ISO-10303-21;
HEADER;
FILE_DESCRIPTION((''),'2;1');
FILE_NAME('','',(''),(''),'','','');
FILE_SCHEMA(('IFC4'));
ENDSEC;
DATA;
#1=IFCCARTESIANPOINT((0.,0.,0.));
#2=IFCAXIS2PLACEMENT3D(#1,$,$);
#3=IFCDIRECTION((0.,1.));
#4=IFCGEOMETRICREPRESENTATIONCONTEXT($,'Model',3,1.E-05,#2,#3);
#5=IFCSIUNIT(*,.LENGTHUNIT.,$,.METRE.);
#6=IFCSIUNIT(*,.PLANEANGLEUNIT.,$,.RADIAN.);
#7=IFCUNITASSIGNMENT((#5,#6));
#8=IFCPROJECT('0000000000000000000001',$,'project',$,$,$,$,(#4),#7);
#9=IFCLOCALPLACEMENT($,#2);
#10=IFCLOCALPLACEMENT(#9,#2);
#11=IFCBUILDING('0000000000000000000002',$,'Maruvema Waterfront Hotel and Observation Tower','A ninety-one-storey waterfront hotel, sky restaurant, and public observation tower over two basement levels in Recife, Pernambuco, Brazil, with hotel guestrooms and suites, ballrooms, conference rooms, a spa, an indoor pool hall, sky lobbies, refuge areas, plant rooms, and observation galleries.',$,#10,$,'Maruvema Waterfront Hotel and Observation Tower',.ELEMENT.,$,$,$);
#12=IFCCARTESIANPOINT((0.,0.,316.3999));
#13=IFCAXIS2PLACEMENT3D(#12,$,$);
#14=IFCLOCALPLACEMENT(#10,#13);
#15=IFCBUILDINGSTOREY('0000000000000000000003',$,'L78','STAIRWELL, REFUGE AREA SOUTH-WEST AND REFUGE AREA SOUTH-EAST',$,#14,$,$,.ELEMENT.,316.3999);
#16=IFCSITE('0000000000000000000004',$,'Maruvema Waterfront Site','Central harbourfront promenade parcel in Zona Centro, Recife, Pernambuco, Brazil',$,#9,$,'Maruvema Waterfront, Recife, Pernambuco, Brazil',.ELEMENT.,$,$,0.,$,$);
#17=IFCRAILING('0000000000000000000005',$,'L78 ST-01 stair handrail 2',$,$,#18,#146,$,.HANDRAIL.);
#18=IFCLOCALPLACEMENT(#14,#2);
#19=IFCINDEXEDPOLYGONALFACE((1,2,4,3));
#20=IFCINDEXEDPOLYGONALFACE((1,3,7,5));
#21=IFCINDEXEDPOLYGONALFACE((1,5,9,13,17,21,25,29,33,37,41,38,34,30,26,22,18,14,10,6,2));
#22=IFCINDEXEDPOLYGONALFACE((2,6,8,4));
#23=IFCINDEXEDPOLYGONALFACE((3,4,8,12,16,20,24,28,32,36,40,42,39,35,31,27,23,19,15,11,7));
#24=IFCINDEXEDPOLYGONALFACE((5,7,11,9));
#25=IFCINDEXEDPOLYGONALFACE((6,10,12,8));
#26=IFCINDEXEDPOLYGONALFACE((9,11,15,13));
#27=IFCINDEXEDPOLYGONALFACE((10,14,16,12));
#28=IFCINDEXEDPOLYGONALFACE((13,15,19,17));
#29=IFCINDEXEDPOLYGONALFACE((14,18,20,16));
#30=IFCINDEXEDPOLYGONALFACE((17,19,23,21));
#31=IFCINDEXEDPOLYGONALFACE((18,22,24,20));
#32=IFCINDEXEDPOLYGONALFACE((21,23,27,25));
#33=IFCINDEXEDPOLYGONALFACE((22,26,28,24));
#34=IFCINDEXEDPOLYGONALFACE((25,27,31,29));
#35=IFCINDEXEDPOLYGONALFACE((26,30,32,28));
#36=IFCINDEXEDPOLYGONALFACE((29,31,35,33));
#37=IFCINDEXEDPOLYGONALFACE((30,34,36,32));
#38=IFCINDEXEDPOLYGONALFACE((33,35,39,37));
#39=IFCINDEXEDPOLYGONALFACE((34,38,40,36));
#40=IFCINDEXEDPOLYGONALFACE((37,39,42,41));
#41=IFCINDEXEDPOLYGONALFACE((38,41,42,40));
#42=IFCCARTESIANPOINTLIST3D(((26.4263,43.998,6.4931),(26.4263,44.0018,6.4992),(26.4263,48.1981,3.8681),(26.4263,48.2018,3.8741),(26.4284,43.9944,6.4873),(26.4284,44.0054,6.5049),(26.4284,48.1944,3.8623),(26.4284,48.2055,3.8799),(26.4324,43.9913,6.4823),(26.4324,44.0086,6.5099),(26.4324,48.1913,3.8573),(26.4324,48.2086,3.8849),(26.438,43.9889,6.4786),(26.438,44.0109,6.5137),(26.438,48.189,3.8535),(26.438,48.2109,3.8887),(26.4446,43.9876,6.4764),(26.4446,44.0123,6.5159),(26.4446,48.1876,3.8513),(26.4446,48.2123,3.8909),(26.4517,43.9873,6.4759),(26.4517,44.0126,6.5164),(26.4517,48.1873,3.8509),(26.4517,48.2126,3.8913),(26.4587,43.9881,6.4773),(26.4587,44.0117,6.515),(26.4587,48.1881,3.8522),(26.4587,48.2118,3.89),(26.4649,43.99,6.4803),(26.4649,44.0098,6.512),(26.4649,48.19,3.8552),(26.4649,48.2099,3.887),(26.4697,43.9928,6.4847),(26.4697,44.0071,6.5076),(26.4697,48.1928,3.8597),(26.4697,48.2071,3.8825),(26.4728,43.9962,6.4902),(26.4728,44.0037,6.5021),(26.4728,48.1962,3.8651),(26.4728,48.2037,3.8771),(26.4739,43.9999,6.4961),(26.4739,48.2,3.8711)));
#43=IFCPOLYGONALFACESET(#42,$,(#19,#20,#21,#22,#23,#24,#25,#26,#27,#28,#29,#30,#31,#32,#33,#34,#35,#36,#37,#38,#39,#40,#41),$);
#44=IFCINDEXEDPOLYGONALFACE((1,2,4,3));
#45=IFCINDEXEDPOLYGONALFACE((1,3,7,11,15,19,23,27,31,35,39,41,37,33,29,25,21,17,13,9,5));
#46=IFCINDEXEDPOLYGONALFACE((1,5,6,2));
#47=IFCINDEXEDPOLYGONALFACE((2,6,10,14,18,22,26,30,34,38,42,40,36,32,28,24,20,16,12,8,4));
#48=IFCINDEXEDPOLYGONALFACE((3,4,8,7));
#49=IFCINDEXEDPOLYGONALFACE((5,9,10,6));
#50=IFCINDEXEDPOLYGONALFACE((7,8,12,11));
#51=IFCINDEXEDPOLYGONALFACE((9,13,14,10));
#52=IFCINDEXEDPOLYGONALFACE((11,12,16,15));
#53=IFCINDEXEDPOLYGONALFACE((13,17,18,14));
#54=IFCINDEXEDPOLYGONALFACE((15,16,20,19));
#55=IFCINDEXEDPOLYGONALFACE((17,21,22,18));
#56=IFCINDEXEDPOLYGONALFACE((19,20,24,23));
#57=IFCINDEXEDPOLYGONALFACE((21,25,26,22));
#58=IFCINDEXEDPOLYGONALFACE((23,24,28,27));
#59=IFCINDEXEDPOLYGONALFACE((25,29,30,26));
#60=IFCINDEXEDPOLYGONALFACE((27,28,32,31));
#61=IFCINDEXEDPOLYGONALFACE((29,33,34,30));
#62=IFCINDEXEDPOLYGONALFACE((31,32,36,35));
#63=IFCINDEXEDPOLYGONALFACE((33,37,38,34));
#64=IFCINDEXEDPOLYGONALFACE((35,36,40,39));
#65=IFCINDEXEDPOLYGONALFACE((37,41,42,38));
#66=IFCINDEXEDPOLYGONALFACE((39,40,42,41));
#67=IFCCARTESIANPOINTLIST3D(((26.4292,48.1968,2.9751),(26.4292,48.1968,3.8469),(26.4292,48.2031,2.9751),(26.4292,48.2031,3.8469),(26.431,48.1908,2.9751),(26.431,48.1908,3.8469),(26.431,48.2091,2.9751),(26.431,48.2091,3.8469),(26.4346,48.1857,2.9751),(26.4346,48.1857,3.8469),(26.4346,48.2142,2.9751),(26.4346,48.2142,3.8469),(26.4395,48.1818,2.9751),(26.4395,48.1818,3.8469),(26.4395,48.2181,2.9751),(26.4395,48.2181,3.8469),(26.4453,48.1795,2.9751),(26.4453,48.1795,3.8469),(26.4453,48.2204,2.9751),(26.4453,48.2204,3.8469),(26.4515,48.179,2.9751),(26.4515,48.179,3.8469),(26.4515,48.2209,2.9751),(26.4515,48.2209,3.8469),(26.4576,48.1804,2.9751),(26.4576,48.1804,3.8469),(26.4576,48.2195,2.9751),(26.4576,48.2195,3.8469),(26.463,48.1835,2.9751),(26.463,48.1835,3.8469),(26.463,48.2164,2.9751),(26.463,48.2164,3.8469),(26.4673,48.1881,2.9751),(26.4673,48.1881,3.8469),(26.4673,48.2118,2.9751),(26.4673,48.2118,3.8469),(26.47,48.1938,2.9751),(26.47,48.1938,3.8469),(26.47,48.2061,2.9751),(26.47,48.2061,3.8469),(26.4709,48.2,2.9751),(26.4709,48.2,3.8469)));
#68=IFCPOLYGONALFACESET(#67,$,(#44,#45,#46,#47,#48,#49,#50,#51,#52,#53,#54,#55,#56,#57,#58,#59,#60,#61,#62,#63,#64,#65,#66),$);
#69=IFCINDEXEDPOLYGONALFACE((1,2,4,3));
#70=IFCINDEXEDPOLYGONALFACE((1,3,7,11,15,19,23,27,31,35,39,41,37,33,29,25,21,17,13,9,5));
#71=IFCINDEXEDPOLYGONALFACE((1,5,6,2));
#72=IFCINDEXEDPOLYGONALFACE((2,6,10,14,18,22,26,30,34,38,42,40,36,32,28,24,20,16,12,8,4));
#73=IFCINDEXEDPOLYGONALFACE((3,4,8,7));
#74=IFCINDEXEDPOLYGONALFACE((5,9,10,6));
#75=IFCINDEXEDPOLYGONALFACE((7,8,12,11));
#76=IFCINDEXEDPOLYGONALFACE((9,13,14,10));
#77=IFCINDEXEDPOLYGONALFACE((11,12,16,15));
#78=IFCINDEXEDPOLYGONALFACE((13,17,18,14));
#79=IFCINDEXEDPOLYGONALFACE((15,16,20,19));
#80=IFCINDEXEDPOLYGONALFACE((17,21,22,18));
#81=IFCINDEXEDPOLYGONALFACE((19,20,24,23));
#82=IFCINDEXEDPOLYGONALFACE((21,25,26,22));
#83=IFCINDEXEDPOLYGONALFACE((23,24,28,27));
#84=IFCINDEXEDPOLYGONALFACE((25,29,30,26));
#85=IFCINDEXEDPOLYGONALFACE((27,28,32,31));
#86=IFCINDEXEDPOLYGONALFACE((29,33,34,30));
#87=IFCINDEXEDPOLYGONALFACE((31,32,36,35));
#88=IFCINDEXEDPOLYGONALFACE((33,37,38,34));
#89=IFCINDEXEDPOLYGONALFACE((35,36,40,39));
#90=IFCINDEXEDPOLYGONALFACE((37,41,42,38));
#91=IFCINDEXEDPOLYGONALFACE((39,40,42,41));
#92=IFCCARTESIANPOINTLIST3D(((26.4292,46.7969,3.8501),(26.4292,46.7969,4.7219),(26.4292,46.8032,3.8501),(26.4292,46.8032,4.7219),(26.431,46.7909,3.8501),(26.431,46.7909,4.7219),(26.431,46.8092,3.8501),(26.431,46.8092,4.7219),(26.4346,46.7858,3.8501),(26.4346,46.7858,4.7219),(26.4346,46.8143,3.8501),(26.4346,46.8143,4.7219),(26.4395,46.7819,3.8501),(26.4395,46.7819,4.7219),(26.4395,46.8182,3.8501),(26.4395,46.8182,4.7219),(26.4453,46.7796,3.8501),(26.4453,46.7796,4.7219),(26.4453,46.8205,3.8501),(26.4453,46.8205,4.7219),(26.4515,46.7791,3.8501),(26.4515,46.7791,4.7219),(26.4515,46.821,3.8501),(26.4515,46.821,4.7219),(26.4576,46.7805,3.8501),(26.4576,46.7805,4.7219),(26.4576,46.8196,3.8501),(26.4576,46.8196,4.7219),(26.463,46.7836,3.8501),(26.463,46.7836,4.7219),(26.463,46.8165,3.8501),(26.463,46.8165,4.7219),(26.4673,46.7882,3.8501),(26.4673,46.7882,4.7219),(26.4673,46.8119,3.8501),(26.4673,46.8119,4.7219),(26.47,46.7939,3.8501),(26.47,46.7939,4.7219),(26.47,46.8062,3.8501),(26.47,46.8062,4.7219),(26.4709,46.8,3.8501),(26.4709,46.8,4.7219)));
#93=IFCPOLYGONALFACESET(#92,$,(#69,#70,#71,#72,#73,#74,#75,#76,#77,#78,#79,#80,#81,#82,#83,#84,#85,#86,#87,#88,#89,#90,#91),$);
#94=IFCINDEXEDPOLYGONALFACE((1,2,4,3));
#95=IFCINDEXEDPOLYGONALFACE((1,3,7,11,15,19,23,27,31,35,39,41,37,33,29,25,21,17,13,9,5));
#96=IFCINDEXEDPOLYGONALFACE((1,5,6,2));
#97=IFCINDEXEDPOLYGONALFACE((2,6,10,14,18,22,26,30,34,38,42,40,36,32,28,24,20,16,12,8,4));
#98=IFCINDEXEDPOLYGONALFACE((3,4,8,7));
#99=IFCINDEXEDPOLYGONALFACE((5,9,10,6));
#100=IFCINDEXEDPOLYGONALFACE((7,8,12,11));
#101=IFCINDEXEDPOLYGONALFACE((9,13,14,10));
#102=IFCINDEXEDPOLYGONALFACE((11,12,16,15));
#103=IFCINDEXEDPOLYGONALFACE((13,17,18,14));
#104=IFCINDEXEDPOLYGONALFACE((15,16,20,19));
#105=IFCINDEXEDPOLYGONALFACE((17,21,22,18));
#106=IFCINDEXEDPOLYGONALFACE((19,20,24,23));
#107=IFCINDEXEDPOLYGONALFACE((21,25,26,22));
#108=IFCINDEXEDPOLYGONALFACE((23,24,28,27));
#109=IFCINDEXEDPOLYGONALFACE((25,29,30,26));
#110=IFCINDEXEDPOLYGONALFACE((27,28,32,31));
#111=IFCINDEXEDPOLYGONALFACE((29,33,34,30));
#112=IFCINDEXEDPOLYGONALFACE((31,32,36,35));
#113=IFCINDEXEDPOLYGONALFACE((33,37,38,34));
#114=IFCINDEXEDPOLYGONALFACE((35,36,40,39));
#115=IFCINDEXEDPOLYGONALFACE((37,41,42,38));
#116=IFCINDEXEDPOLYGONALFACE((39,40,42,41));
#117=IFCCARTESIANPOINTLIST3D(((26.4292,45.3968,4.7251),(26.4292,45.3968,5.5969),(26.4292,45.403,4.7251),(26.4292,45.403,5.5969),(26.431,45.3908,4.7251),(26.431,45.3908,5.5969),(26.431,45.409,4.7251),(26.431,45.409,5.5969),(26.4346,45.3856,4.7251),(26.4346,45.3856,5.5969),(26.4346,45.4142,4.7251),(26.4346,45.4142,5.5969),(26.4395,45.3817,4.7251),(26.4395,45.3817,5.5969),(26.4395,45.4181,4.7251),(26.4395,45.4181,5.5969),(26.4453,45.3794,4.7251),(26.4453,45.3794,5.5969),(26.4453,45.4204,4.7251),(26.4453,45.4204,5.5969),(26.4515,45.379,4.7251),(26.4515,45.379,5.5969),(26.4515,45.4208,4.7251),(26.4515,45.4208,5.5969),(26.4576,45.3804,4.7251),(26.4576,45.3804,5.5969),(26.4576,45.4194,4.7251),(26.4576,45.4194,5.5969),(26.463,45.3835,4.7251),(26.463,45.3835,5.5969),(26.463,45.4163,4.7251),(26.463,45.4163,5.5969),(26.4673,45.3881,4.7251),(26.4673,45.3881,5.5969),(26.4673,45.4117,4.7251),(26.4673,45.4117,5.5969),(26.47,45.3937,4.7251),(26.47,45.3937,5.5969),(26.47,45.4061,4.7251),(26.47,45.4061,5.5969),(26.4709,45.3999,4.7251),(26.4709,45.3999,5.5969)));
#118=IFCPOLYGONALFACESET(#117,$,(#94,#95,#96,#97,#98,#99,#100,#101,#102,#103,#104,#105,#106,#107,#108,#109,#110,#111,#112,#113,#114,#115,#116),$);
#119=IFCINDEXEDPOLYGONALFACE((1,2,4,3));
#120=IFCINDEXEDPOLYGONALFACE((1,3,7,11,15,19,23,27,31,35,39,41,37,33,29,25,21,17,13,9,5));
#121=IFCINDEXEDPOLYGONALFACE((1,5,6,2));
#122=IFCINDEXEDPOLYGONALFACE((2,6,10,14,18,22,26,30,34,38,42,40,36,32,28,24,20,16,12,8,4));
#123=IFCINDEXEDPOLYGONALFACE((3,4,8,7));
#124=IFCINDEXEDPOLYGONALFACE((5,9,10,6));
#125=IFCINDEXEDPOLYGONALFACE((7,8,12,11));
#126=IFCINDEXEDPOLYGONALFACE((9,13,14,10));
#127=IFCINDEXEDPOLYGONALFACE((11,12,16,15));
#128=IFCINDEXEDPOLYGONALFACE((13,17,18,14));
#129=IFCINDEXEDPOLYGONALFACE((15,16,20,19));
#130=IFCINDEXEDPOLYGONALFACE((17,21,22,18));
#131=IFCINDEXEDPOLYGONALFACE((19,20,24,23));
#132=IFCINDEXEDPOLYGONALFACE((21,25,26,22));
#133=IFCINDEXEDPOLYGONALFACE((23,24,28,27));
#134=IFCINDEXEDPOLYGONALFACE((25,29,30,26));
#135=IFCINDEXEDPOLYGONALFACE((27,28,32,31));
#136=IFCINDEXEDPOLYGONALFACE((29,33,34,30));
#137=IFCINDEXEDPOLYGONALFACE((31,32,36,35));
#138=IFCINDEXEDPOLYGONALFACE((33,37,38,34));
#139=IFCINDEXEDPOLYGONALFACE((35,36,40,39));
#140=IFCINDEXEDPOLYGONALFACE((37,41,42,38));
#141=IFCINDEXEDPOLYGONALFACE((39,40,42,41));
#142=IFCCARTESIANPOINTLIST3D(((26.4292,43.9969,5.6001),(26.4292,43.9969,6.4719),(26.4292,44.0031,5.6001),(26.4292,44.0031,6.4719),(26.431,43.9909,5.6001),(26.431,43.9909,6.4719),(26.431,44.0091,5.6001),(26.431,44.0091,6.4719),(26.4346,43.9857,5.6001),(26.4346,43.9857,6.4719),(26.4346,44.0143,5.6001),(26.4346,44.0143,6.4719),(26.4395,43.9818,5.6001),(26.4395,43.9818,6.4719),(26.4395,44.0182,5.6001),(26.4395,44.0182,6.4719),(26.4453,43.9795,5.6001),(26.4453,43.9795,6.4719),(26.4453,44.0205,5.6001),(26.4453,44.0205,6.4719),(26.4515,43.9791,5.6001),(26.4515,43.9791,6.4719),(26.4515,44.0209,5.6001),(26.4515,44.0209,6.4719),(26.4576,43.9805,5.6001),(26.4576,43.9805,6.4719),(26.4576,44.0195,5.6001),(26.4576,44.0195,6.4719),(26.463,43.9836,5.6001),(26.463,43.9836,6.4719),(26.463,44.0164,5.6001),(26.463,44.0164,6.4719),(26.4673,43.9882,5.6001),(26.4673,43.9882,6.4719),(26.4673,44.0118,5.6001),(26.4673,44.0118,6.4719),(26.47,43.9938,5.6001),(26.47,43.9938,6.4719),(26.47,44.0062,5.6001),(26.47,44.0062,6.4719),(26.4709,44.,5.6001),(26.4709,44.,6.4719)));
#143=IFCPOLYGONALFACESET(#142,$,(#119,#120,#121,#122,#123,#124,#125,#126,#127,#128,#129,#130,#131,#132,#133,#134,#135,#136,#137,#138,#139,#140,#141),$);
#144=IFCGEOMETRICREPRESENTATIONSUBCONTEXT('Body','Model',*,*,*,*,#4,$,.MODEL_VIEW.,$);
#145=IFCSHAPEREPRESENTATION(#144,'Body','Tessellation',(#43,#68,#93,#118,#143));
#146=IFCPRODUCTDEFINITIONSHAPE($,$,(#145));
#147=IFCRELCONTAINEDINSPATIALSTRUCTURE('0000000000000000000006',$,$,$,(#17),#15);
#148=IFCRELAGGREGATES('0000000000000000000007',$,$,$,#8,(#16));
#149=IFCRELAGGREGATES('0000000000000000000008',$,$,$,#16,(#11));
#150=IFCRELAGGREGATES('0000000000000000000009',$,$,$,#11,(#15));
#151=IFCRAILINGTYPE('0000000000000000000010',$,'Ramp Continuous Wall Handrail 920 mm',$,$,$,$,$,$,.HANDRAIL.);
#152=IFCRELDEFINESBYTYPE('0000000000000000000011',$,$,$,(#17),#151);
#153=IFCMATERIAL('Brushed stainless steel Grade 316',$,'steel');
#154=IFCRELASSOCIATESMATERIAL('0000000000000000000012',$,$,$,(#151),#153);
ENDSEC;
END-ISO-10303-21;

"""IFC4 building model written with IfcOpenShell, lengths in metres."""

from ifc_helpers import new_model, si_unit, direction, frame, origin, origin_2d, place, context, subcontext, project, spatial, circle, extrude, material, type_object, element, save


model = new_model("IFC4")

# Units and contexts
model_context = context("Model", 3, precision=1e-05, world=origin(), true_north=direction((0.0, 1.0)))
body_context = subcontext(model_context, "Body", "Model", "MODEL_VIEW")
ifc_project = project(units=[si_unit("LENGTHUNIT", "METRE"), si_unit("PLANEANGLEUNIT", "RADIAN")], contexts=[model_context])

# Site, building, storey
site_placement = place(None, origin())
site = spatial("IfcSite", under=ifc_project, at=site_placement, Name="Maruvema Waterfront Site", Description="Central harbourfront promenade parcel in Zona Centro, Recife, Pernambuco, Brazil", LongName="Maruvema Waterfront, Recife, Pernambuco, Brazil", CompositionType="ELEMENT", RefElevation=0.0)
building_placement = place(site_placement, origin())
building = spatial("IfcBuilding", under=site, at=building_placement, Name="Maruvema Waterfront Hotel and Observation Tower", Description="A ninety-one-storey waterfront hotel, sky restaurant, and public observation tower over two basement levels in Recife, Pernambuco, Brazil, with hotel guestrooms and suites, ballrooms, conference rooms, a spa, an indoor pool hall, sky lobbies, refuge areas, plant rooms, and observation galleries.", LongName="Maruvema Waterfront Hotel and Observation Tower", CompositionType="ELEMENT")
storey_placement = place(building_placement, frame((0.0, 0.0, 316.3999)))
storey = spatial("IfcBuildingStorey", under=building, at=storey_placement, Name="L78", Description="STAIRWELL, REFUGE AREA SOUTH-WEST AND REFUGE AREA SOUTH-EAST", CompositionType="ELEMENT", Elevation=316.3999)

# Railing
ifc_material_1 = material(Name="Brushed stainless steel Grade 316", Category="steel")
railing_type_1 = type_object("IfcRailingType", Name="Ramp Continuous Wall Handrail 920 mm", PredefinedType="HANDRAIL", material=ifc_material_1)
railing_1_placement = place(storey_placement, frame((26.45, 48.2, 2.9751)))
element("IfcRailing", 1, at=railing_1_placement, inside=storey, type_object=railing_type_1, Name="L78 ST-01 stair handrail 2", PredefinedType="HANDRAIL", context=body_context, shape_type="SweptSolid", body=[
    extrude(circle(Radius=0.0239, at=origin_2d()), frame((0.0, 0.0, 0.896), z_axis=(0.0, -0.847996, 0.530003), x_axis=(1.0, 0.0, 0.0)), (0.0, 0.0, 1.0), 4.9529),
    extrude(circle(Radius=0.021, at=origin_2d()), origin(), (0.0, 0.0, 1.0), 0.8718),
    extrude(circle(Radius=0.021, at=origin_2d()), frame((0.0, -1.3999, 0.875)), (0.0, 0.0, 1.0), 0.8718),
    extrude(circle(Radius=0.021, at=origin_2d()), frame((0.0, -2.8, 1.75)), (0.0, 0.0, 1.0), 0.8718),
    extrude(circle(Radius=0.021, at=origin_2d()), frame((0.0, -4.2, 2.625)), (0.0, 0.0, 1.0), 0.8718),
])

save(model, "model.ifc")
